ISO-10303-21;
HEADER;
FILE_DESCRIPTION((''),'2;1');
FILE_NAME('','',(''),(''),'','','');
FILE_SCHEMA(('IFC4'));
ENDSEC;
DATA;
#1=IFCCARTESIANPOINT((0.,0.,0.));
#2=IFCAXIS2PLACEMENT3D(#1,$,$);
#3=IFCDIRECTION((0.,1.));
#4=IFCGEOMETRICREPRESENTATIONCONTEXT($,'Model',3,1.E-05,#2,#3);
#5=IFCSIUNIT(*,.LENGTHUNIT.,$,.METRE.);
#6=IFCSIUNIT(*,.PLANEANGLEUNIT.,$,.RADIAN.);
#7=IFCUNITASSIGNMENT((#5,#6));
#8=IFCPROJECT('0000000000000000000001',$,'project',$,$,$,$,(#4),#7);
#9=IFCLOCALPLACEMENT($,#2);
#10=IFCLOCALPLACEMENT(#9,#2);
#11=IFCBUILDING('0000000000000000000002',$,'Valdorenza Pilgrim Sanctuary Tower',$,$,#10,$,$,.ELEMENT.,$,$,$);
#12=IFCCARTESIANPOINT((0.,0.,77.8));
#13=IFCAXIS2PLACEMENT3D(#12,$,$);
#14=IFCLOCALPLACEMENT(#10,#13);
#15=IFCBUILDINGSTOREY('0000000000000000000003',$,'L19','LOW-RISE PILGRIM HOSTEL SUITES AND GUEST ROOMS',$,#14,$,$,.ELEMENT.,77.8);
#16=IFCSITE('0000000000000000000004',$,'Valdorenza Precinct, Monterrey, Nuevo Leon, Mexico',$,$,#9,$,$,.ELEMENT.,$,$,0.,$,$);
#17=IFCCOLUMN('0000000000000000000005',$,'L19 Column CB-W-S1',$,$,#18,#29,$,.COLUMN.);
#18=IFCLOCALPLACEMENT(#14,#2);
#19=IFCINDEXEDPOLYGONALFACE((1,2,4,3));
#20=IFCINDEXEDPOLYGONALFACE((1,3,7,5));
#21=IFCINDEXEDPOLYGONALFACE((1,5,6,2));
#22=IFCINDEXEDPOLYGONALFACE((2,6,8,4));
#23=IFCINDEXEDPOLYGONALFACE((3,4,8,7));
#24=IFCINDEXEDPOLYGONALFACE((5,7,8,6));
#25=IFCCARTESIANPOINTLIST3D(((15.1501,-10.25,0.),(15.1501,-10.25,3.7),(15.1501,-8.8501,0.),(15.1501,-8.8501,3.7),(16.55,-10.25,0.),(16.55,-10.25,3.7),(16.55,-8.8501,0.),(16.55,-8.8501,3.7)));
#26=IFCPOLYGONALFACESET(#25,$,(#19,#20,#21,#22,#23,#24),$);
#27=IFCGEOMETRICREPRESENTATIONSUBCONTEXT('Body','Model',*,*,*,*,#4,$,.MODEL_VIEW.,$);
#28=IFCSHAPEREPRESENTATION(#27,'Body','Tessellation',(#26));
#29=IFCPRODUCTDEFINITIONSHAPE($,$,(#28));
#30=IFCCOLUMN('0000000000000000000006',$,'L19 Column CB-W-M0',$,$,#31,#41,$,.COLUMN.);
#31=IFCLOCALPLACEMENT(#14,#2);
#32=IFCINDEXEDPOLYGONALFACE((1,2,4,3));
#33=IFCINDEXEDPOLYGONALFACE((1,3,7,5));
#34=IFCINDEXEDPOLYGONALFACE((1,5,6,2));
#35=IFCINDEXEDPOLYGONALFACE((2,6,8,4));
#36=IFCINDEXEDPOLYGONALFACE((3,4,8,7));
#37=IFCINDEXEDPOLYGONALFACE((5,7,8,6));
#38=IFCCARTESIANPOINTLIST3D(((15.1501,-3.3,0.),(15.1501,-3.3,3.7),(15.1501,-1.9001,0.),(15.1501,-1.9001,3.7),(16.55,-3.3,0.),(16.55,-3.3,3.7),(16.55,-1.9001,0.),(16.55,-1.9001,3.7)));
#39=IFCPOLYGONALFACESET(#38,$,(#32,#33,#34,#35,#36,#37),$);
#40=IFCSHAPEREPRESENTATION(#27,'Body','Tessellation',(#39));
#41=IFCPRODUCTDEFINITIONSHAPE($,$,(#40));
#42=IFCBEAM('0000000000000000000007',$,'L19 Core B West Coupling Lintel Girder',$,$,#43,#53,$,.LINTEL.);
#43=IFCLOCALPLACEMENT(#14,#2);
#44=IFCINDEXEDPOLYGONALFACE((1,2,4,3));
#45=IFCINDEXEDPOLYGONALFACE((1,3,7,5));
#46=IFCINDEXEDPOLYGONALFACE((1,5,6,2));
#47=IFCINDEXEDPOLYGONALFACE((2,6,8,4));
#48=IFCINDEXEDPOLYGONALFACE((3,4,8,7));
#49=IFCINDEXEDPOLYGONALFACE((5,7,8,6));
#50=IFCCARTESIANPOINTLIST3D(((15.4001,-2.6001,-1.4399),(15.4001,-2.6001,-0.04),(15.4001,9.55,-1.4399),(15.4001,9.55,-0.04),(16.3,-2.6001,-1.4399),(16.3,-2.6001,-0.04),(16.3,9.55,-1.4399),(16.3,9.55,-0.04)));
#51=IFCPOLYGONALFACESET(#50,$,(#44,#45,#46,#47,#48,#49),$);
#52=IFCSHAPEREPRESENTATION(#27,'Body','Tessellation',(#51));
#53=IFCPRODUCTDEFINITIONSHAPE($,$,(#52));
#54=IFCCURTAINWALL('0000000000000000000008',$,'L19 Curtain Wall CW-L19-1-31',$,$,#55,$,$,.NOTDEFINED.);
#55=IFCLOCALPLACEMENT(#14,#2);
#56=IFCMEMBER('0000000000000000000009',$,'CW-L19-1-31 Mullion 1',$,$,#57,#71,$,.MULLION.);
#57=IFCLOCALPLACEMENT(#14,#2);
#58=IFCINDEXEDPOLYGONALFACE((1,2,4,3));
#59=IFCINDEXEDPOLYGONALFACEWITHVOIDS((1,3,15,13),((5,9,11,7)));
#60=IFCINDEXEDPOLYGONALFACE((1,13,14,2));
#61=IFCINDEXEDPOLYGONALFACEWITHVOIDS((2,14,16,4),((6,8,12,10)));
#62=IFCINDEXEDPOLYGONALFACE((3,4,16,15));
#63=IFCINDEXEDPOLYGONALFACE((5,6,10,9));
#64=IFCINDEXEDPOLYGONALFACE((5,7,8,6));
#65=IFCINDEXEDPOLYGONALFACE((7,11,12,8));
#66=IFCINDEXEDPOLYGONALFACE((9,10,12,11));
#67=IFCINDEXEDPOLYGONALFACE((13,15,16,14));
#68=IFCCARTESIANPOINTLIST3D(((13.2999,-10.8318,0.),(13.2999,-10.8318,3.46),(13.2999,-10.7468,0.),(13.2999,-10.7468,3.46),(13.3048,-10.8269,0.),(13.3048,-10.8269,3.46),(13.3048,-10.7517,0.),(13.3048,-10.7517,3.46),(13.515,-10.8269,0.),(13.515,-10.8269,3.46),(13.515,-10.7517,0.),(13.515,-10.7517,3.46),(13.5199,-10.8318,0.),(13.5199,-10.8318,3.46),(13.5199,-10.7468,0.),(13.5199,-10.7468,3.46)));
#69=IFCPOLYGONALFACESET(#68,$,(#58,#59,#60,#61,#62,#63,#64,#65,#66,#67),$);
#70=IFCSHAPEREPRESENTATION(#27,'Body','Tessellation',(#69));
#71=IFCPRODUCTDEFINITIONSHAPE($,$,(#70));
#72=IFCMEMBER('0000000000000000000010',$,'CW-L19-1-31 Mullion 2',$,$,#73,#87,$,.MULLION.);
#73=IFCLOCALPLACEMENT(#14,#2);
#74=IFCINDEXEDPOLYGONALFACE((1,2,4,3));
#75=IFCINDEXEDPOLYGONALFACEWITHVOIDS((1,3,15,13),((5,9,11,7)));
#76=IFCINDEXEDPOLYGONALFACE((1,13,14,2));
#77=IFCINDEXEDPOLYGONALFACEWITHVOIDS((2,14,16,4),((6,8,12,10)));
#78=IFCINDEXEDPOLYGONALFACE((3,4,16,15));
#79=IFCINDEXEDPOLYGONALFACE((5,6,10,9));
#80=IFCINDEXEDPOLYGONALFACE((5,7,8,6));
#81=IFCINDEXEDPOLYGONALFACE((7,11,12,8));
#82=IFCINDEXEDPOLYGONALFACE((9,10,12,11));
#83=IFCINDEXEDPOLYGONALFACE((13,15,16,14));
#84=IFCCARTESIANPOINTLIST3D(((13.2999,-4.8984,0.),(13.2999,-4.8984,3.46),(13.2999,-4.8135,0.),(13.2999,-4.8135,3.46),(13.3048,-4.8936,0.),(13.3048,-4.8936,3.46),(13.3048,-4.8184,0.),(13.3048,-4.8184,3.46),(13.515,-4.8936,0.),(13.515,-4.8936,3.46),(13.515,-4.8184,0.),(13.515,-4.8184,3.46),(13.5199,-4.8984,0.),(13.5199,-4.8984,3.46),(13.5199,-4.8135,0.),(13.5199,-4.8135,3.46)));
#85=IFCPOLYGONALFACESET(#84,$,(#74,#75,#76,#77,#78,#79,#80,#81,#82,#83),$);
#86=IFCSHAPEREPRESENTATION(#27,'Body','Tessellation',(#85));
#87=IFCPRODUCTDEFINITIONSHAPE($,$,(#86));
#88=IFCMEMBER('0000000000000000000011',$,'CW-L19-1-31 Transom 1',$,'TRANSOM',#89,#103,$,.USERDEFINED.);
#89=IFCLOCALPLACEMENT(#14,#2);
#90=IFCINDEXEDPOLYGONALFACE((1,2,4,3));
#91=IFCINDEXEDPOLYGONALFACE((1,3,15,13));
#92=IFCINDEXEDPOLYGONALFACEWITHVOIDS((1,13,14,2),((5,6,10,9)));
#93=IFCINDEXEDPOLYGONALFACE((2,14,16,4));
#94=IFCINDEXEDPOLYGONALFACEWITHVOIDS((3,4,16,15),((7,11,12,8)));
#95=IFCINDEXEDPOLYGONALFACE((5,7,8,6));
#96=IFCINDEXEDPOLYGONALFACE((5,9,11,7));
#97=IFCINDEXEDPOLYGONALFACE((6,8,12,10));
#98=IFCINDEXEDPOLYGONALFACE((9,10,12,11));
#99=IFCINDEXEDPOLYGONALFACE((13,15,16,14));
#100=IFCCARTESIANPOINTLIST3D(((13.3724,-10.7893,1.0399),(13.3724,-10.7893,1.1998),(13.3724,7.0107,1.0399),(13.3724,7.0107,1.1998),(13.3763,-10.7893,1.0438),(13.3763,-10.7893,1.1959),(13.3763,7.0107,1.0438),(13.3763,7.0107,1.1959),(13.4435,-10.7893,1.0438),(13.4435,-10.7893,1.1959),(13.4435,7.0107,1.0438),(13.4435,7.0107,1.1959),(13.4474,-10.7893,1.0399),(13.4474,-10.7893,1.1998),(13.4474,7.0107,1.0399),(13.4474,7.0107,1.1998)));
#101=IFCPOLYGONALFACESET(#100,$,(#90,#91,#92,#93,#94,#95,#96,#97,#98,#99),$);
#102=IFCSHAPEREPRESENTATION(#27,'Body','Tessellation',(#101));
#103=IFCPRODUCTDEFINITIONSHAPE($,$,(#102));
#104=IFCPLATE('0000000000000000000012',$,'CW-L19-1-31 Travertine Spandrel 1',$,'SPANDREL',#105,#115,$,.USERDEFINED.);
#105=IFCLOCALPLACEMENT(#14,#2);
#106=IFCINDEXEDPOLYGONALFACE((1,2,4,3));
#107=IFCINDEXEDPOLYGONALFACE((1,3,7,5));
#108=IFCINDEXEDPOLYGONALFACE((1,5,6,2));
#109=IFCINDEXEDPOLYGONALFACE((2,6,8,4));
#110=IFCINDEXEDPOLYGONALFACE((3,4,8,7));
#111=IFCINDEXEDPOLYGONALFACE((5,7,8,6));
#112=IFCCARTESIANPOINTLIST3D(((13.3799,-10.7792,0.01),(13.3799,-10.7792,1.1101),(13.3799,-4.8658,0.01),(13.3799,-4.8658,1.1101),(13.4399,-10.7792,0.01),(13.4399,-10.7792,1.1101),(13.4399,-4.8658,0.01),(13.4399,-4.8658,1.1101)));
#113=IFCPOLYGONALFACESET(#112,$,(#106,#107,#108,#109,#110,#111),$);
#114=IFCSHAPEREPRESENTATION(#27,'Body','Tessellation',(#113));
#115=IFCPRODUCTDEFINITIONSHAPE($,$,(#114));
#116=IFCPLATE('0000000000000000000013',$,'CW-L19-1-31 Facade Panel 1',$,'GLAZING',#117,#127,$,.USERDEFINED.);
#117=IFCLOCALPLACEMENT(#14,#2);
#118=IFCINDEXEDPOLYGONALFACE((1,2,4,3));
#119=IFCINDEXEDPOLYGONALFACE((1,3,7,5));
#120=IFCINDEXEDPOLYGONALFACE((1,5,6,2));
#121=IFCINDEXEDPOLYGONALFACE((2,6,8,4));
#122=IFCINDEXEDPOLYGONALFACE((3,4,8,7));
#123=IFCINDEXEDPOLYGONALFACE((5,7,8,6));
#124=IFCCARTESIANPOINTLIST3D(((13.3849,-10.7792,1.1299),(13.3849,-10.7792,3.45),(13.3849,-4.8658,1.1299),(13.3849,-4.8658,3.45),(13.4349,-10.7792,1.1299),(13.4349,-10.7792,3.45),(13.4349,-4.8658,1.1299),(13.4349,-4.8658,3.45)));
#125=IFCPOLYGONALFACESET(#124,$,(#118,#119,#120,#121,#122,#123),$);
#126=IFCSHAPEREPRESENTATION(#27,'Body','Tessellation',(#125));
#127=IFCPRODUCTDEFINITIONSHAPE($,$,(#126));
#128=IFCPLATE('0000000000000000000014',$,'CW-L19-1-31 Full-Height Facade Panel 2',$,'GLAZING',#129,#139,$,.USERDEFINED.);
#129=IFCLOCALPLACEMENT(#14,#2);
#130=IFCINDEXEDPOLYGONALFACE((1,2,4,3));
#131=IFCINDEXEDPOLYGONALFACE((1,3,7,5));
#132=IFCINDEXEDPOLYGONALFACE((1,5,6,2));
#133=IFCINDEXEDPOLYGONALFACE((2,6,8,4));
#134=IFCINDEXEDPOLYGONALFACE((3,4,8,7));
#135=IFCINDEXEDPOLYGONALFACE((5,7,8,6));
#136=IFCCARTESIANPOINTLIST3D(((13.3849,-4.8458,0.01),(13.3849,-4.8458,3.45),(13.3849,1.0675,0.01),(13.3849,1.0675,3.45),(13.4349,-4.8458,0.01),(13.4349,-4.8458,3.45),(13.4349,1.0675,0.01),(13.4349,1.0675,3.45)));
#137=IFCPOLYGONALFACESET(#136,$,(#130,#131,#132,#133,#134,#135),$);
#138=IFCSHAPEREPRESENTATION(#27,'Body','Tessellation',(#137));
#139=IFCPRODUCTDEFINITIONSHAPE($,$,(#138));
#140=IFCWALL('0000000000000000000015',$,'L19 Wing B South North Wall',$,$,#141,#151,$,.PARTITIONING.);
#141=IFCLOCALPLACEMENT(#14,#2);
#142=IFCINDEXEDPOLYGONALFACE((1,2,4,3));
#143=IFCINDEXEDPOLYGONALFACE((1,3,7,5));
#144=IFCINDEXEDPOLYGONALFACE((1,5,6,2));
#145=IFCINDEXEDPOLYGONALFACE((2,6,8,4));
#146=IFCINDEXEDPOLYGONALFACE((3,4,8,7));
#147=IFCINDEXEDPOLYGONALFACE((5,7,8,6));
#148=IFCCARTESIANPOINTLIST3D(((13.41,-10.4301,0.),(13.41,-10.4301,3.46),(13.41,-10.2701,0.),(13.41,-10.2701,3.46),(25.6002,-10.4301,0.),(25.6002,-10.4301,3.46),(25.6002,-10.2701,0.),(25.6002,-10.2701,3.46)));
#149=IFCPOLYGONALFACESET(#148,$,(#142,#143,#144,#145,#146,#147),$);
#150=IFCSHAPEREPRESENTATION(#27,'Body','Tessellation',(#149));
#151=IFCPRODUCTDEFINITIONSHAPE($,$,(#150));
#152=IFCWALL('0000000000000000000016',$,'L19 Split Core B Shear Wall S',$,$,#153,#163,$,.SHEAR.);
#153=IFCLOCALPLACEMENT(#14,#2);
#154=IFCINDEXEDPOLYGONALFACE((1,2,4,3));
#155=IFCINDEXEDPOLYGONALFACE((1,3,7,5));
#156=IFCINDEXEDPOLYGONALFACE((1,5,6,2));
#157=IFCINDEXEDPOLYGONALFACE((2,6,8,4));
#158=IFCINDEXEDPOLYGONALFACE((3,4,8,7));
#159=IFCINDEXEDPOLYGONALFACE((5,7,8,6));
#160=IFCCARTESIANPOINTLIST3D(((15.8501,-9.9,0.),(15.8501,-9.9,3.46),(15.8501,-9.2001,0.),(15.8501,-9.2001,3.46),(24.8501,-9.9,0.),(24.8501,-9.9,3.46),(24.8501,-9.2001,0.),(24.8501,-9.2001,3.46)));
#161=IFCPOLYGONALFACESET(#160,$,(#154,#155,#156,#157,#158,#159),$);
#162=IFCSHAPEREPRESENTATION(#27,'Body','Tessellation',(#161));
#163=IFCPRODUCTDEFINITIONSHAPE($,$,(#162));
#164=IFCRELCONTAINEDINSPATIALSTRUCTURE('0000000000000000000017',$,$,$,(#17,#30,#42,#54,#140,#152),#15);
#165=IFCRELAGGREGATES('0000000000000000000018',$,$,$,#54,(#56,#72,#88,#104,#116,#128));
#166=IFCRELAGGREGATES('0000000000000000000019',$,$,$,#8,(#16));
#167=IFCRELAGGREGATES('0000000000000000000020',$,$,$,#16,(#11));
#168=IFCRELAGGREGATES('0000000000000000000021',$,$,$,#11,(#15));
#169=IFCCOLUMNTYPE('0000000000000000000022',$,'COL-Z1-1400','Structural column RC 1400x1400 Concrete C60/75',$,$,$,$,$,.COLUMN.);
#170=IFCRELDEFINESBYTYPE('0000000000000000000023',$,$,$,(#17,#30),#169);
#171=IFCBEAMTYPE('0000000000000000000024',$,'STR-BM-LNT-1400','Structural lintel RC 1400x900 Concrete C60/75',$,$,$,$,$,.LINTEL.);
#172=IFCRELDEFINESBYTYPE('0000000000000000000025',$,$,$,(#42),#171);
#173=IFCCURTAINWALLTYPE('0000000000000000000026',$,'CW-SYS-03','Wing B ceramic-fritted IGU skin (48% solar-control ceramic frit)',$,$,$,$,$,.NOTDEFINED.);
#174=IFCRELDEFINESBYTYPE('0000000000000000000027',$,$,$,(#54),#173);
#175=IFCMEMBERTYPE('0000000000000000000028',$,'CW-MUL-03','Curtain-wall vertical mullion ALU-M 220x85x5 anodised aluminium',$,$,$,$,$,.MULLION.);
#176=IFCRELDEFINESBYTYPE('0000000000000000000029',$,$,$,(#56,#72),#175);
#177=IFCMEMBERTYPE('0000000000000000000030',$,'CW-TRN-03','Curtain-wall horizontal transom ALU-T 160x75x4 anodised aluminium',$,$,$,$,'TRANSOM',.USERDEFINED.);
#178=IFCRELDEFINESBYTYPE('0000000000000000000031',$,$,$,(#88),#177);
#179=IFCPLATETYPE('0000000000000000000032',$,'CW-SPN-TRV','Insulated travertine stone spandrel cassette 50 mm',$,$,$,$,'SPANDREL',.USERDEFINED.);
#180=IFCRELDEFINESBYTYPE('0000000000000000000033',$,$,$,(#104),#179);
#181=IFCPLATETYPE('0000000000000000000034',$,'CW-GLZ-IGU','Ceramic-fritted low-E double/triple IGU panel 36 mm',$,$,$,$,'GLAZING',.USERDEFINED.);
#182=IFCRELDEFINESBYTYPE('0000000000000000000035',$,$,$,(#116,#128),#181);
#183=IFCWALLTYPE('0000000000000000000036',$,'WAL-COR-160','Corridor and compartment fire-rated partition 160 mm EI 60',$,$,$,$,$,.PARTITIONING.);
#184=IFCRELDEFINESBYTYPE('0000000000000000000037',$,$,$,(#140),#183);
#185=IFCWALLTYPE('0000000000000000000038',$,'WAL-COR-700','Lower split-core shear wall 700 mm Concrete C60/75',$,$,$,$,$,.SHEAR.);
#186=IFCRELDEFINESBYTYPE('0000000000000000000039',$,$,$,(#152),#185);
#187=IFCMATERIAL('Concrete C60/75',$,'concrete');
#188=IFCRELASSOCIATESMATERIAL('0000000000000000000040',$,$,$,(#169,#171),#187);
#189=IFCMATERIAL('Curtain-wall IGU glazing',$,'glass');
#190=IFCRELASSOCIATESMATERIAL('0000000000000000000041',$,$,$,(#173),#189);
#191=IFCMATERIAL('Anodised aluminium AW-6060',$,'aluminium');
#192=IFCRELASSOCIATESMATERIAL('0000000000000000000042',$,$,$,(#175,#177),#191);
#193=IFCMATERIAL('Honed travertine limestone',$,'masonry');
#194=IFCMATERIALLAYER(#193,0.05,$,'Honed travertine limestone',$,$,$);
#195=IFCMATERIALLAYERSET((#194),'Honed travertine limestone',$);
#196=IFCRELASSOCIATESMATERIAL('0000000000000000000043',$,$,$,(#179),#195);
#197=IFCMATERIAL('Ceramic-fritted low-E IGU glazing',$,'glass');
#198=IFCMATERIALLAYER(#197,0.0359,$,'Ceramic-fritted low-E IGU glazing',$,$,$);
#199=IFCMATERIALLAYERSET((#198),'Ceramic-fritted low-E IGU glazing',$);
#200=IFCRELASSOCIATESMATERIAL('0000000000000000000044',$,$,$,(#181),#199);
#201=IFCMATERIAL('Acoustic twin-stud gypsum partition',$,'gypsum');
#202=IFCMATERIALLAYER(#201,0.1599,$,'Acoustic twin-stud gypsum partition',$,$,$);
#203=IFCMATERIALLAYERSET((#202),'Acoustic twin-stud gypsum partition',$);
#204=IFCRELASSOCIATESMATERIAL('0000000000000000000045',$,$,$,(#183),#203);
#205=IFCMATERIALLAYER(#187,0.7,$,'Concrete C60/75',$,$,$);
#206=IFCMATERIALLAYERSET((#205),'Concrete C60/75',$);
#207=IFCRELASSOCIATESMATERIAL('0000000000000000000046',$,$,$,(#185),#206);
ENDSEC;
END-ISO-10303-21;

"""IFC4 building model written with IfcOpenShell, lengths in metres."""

from ifc_helpers import new_model, si_unit, direction, frame, frame_2d, origin, origin_2d, place, context, subcontext, project, spatial, rectangle, hollow_rectangle, extrude, source, transform, mapped, material, layer, layer_set, material_profile, profile_set, type_object, element, aggregate, save


model = new_model("IFC4")

# Units and contexts
model_context = context("Model", 3, precision=1e-05, world=origin(), true_north=direction((0.0, 1.0)))
body_context = subcontext(model_context, "Body", "Model", "MODEL_VIEW")
ifc_project = project(units=[si_unit("LENGTHUNIT", "METRE"), si_unit("PLANEANGLEUNIT", "RADIAN")], contexts=[model_context])

# Site, building, storey
site_placement = place(None, origin())
site = spatial("IfcSite", under=ifc_project, at=site_placement, Name="Valdorenza Precinct, Monterrey, Nuevo Leon, Mexico", CompositionType="ELEMENT", RefElevation=0.0)
building_placement = place(site_placement, origin())
building = spatial("IfcBuilding", under=site, at=building_placement, Name="Valdorenza Pilgrim Sanctuary Tower", CompositionType="ELEMENT")
storey_placement = place(building_placement, frame((0.0, 0.0, 77.8)))
storey = spatial("IfcBuildingStorey", under=building, at=storey_placement, Name="L19", Description="LOW-RISE PILGRIM HOSTEL SUITES AND GUEST ROOMS", CompositionType="ELEMENT", Elevation=77.8)

# Columns
ifc_material_1 = material(Name="Concrete C60/75", Category="concrete")
ifc_material_profile_1 = material_profile(ifc_material_1, rectangle(XDim=1.3999, YDim=1.3999, at=origin_2d()), Name="RC 1400x1400")
ifc_profile_set_1 = profile_set([ifc_material_profile_1], Name="Concrete C60/75")
column_type = type_object("IfcColumnType", Name="COL-Z1-1400", Description="Structural column RC 1400x1400 Concrete C60/75", PredefinedType="COLUMN", material=ifc_profile_set_1)
shared_shape_1 = source(origin(), body_context, "Body", "SweptSolid", [
    extrude(rectangle(XDim=1.3999, YDim=1.3999, at=origin_2d()), origin(), (0.0, 0.0, 1.0), 3.7),
])
for number, where, z_axis, x_axis, name in (
    (1, (15.8501, -9.55, 0.0), (0.0, 0.0, 1.0), (1.0, 0.0, 0.0), "L19 Column CB-W-S1"),
    (2, (15.8501, -2.6001, 0.0), (0.0, 0.0, 1.0), (1.0, 0.0, 0.0), "L19 Column CB-W-M0"),
):
    element("IfcColumn", number, at=place(storey_placement, frame(where, z_axis=z_axis, x_axis=x_axis)), inside=storey, type_object=column_type, Name=name, PredefinedType="COLUMN", context=body_context, shape_type="MappedRepresentation", body=[
        mapped(shared_shape_1, transform((0.0, 0.0, 0.0), x_axis=(1.0, 0.0, 0.0), y_axis=(0.0, 1.0, 0.0), z_axis=(0.0, 0.0, 1.0), scale=1.0)),
    ])

# Beam
ifc_material_profile_2 = material_profile(ifc_material_1, rectangle(XDim=0.8999, YDim=1.3999, at=origin_2d()), Name="RC 1400x900")
ifc_profile_set_2 = profile_set([ifc_material_profile_2], Name="Concrete C60/75")
beam_type = type_object("IfcBeamType", Name="STR-BM-LNT-1400", Description="Structural lintel RC 1400x900 Concrete C60/75", PredefinedType="LINTEL", material=ifc_profile_set_2)
shared_shape_2 = source(origin(), body_context, "Body", "SweptSolid", [
    extrude(rectangle(XDim=0.8999, YDim=1.3999, at=origin_2d()), origin(), (0.0, 0.0, 1.0), 12.1501),
])
beam_placement = place(storey_placement, frame((15.8501, -2.6001, -0.74), z_axis=(0.0, 1.0, 0.0), x_axis=(-1.0, 0.0, 0.0)))
element("IfcBeam", 3, at=beam_placement, inside=storey, type_object=beam_type, Name="L19 Core B West Coupling Lintel Girder", PredefinedType="LINTEL", context=body_context, shape_type="MappedRepresentation", body=[
    mapped(shared_shape_2, transform((0.0, 0.0, 0.0), x_axis=(1.0, 0.0, 0.0), y_axis=(0.0, 1.0, 0.0), z_axis=(0.0, 0.0, 1.0), scale=1.0)),
])

# Curtain wall, members, plates
ifc_material_2 = material(Name="Curtain-wall IGU glazing", Category="glass")
curtain_wall_type = type_object("IfcCurtainWallType", Name="CW-SYS-03", Description="Wing B ceramic-fritted IGU skin (48% solar-control ceramic frit)", PredefinedType="NOTDEFINED", material=ifc_material_2)
curtain_wall_placement = place(storey_placement, origin())
curtain_wall = element("IfcCurtainWall", 4, at=curtain_wall_placement, inside=storey, type_object=curtain_wall_type, Name="L19 Curtain Wall CW-L19-1-31", PredefinedType="NOTDEFINED")
ifc_material_3 = material(Name="Anodised aluminium AW-6060", Category="aluminium")
ifc_material_profile_3 = material_profile(ifc_material_3, hollow_rectangle(XDim=0.085, YDim=0.22, WallThickness=0.0049, at=origin_2d()), Name="ALU-M 220x85x5")
ifc_profile_set_3 = profile_set([ifc_material_profile_3], Name="Anodised aluminium AW-6060")
member_type_1 = type_object("IfcMemberType", Name="CW-MUL-03", Description="Curtain-wall vertical mullion ALU-M 220x85x5 anodised aluminium", PredefinedType="MULLION", material=ifc_profile_set_3)
shared_shape_3 = source(origin(), body_context, "Body", "SweptSolid", [
    extrude(hollow_rectangle(XDim=0.085, YDim=0.22, WallThickness=0.0049, at=origin_2d()), origin(), (0.0, 0.0, 1.0), 3.46),
])
member_1_placement = place(storey_placement, frame((13.4099, -10.7893, 0.0), z_axis=(0.0, 0.0, 1.0), x_axis=(0.0, 1.0, 0.0)))
member_1 = element("IfcMember", 5, at=member_1_placement, type_object=member_type_1, Name="CW-L19-1-31 Mullion 1", PredefinedType="MULLION", context=body_context, shape_type="MappedRepresentation", body=[
    mapped(shared_shape_3, transform((0.0, 0.0, 0.0), x_axis=(1.0, 0.0, 0.0), y_axis=(0.0, 1.0, 0.0), z_axis=(0.0, 0.0, 1.0), scale=1.0)),
])
member_2_placement = place(storey_placement, frame((13.4099, -4.856, 0.0), z_axis=(0.0, 0.0, 1.0), x_axis=(0.0, 1.0, 0.0)))
member_2 = element("IfcMember", 6, at=member_2_placement, type_object=member_type_1, Name="CW-L19-1-31 Mullion 2", PredefinedType="MULLION", context=body_context, shape_type="MappedRepresentation", body=[
    mapped(shared_shape_3, transform((0.0, 0.0, 0.0), x_axis=(1.0, 0.0, 0.0), y_axis=(0.0, 1.0, 0.0), z_axis=(0.0, 0.0, 1.0), scale=1.0)),
])
ifc_material_profile_4 = material_profile(ifc_material_3, hollow_rectangle(XDim=0.075, YDim=0.1599, WallThickness=0.0039, at=origin_2d()), Name="ALU-T 160x75x4")
ifc_profile_set_4 = profile_set([ifc_material_profile_4], Name="Anodised aluminium AW-6060")
member_type_2 = type_object("IfcMemberType", Name="CW-TRN-03", Description="Curtain-wall horizontal transom ALU-T 160x75x4 anodised aluminium", ElementType="TRANSOM", PredefinedType="USERDEFINED", material=ifc_profile_set_4)
shared_shape_4 = source(origin(), body_context, "Body", "SweptSolid", [
    extrude(hollow_rectangle(XDim=0.075, YDim=0.1599, WallThickness=0.0039, at=origin_2d()), origin(), (0.0, 0.0, 1.0), 17.8),
])
member_3_placement = place(storey_placement, frame((13.4099, -10.7893, 1.1199), z_axis=(0.0, 1.0, 0.0), x_axis=(-1.0, 0.0, 0.0)))
member_3 = element("IfcMember", 7, at=member_3_placement, type_object=member_type_2, Name="CW-L19-1-31 Transom 1", ObjectType="TRANSOM", PredefinedType="USERDEFINED", context=body_context, shape_type="MappedRepresentation", body=[
    mapped(shared_shape_4, transform((0.0, 0.0, 0.0), x_axis=(1.0, 0.0, 0.0), y_axis=(0.0, 1.0, 0.0), z_axis=(0.0, 0.0, 1.0), scale=1.0)),
])
ifc_material_4 = material(Name="Honed travertine limestone", Category="masonry")
ifc_layer_1 = layer(ifc_material_4, 0.05, Name="Honed travertine limestone")
ifc_layer_set_1 = layer_set([ifc_layer_1], Name="Honed travertine limestone")
plate_type_1 = type_object("IfcPlateType", Name="CW-SPN-TRV", Description="Insulated travertine stone spandrel cassette 50 mm", ElementType="SPANDREL", PredefinedType="USERDEFINED", material=ifc_layer_set_1)
shared_shape_5 = source(origin(), body_context, "Body", "SweptSolid", [
    extrude(rectangle(XDim=5.9133, YDim=0.0601, at=origin_2d()), origin(), (0.0, 0.0, 1.0), 1.1001),
])
plate_1_placement = place(storey_placement, frame((13.4099, -7.8225, 0.01), z_axis=(0.0, 0.0, 1.0), x_axis=(0.0, 1.0, 0.0)))
plate_1 = element("IfcPlate", 8, at=plate_1_placement, type_object=plate_type_1, Name="CW-L19-1-31 Travertine Spandrel 1", ObjectType="SPANDREL", PredefinedType="USERDEFINED", context=body_context, shape_type="MappedRepresentation", body=[
    mapped(shared_shape_5, transform((0.0, 0.0, 0.0), x_axis=(1.0, 0.0, 0.0), y_axis=(0.0, 1.0, 0.0), z_axis=(0.0, 0.0, 1.0), scale=1.0)),
])
ifc_material_5 = material(Name="Ceramic-fritted low-E IGU glazing", Category="glass")
ifc_layer_2 = layer(ifc_material_5, 0.0359, Name="Ceramic-fritted low-E IGU glazing")
ifc_layer_set_2 = layer_set([ifc_layer_2], Name="Ceramic-fritted low-E IGU glazing")
plate_type_2 = type_object("IfcPlateType", Name="CW-GLZ-IGU", Description="Ceramic-fritted low-E double/triple IGU panel 36 mm", ElementType="GLAZING", PredefinedType="USERDEFINED", material=ifc_layer_set_2)
shared_shape_6 = source(origin(), body_context, "Body", "SweptSolid", [
    extrude(rectangle(XDim=5.9133, YDim=0.05, at=origin_2d()), origin(), (0.0, 0.0, 1.0), 2.3201),
])
plate_2_placement = place(storey_placement, frame((13.4099, -7.8225, 1.1299), z_axis=(0.0, 0.0, 1.0), x_axis=(0.0, 1.0, 0.0)))
plate_2 = element("IfcPlate", 9, at=plate_2_placement, type_object=plate_type_2, Name="CW-L19-1-31 Facade Panel 1", ObjectType="GLAZING", PredefinedType="USERDEFINED", context=body_context, shape_type="MappedRepresentation", body=[
    mapped(shared_shape_6, transform((0.0, 0.0, 0.0), x_axis=(1.0, 0.0, 0.0), y_axis=(0.0, 1.0, 0.0), z_axis=(0.0, 0.0, 1.0), scale=1.0)),
])
shared_shape_7 = source(origin(), body_context, "Body", "SweptSolid", [
    extrude(rectangle(XDim=5.9133, YDim=0.05, at=origin_2d()), origin(), (0.0, 0.0, 1.0), 3.4399),
])
plate_3_placement = place(storey_placement, frame((13.4099, -1.8892, 0.01), z_axis=(0.0, 0.0, 1.0), x_axis=(0.0, 1.0, 0.0)))
plate_3 = element("IfcPlate", 10, at=plate_3_placement, type_object=plate_type_2, Name="CW-L19-1-31 Full-Height Facade Panel 2", ObjectType="GLAZING", PredefinedType="USERDEFINED", context=body_context, shape_type="MappedRepresentation", body=[
    mapped(shared_shape_7, transform((0.0, 0.0, 0.0), x_axis=(1.0, 0.0, 0.0), y_axis=(0.0, 1.0, 0.0), z_axis=(0.0, 0.0, 1.0), scale=1.0)),
])
aggregate(curtain_wall, [member_1, member_2, member_3, plate_1, plate_2, plate_3])

# Walls
ifc_material_6 = material(Name="Acoustic twin-stud gypsum partition", Category="gypsum")
ifc_layer_3 = layer(ifc_material_6, 0.1599, Name="Acoustic twin-stud gypsum partition")
ifc_layer_set_3 = layer_set([ifc_layer_3], Name="Acoustic twin-stud gypsum partition")
wall_type_1 = type_object("IfcWallType", Name="WAL-COR-160", Description="Corridor and compartment fire-rated partition 160 mm EI 60", PredefinedType="PARTITIONING", material=ifc_layer_set_3)
wall_1_placement = place(storey_placement, frame((13.4099, -10.3501, 0.0), z_axis=(0.0, 0.0, 1.0), x_axis=(1.0, 0.0, 0.0)))
element("IfcWall", 11, at=wall_1_placement, inside=storey, type_object=wall_type_1, Name="L19 Wing B South North Wall", PredefinedType="PARTITIONING", context=body_context, shape_type="SweptSolid", body=[
    extrude(rectangle(XDim=12.1902, YDim=0.1599, at=frame_2d((6.0952, 0.0))), origin(), (0.0, 0.0, 1.0), 3.46),
])
ifc_layer_4 = layer(ifc_material_1, 0.7, Name="Concrete C60/75")
ifc_layer_set_4 = layer_set([ifc_layer_4], Name="Concrete C60/75")
wall_type_2 = type_object("IfcWallType", Name="WAL-COR-700", Description="Lower split-core shear wall 700 mm Concrete C60/75", PredefinedType="SHEAR", material=ifc_layer_set_4)
wall_2_placement = place(storey_placement, frame((15.8501, -9.55, 0.0), z_axis=(0.0, 0.0, 1.0), x_axis=(1.0, 0.0, 0.0)))
element("IfcWall", 12, at=wall_2_placement, inside=storey, type_object=wall_type_2, Name="L19 Split Core B Shear Wall S", PredefinedType="SHEAR", context=body_context, shape_type="SweptSolid", body=[
    extrude(rectangle(XDim=9.0, YDim=0.7, at=frame_2d((4.5, 0.0))), origin(), (0.0, 0.0, 1.0), 3.46),
])

save(model, "model.ifc")
